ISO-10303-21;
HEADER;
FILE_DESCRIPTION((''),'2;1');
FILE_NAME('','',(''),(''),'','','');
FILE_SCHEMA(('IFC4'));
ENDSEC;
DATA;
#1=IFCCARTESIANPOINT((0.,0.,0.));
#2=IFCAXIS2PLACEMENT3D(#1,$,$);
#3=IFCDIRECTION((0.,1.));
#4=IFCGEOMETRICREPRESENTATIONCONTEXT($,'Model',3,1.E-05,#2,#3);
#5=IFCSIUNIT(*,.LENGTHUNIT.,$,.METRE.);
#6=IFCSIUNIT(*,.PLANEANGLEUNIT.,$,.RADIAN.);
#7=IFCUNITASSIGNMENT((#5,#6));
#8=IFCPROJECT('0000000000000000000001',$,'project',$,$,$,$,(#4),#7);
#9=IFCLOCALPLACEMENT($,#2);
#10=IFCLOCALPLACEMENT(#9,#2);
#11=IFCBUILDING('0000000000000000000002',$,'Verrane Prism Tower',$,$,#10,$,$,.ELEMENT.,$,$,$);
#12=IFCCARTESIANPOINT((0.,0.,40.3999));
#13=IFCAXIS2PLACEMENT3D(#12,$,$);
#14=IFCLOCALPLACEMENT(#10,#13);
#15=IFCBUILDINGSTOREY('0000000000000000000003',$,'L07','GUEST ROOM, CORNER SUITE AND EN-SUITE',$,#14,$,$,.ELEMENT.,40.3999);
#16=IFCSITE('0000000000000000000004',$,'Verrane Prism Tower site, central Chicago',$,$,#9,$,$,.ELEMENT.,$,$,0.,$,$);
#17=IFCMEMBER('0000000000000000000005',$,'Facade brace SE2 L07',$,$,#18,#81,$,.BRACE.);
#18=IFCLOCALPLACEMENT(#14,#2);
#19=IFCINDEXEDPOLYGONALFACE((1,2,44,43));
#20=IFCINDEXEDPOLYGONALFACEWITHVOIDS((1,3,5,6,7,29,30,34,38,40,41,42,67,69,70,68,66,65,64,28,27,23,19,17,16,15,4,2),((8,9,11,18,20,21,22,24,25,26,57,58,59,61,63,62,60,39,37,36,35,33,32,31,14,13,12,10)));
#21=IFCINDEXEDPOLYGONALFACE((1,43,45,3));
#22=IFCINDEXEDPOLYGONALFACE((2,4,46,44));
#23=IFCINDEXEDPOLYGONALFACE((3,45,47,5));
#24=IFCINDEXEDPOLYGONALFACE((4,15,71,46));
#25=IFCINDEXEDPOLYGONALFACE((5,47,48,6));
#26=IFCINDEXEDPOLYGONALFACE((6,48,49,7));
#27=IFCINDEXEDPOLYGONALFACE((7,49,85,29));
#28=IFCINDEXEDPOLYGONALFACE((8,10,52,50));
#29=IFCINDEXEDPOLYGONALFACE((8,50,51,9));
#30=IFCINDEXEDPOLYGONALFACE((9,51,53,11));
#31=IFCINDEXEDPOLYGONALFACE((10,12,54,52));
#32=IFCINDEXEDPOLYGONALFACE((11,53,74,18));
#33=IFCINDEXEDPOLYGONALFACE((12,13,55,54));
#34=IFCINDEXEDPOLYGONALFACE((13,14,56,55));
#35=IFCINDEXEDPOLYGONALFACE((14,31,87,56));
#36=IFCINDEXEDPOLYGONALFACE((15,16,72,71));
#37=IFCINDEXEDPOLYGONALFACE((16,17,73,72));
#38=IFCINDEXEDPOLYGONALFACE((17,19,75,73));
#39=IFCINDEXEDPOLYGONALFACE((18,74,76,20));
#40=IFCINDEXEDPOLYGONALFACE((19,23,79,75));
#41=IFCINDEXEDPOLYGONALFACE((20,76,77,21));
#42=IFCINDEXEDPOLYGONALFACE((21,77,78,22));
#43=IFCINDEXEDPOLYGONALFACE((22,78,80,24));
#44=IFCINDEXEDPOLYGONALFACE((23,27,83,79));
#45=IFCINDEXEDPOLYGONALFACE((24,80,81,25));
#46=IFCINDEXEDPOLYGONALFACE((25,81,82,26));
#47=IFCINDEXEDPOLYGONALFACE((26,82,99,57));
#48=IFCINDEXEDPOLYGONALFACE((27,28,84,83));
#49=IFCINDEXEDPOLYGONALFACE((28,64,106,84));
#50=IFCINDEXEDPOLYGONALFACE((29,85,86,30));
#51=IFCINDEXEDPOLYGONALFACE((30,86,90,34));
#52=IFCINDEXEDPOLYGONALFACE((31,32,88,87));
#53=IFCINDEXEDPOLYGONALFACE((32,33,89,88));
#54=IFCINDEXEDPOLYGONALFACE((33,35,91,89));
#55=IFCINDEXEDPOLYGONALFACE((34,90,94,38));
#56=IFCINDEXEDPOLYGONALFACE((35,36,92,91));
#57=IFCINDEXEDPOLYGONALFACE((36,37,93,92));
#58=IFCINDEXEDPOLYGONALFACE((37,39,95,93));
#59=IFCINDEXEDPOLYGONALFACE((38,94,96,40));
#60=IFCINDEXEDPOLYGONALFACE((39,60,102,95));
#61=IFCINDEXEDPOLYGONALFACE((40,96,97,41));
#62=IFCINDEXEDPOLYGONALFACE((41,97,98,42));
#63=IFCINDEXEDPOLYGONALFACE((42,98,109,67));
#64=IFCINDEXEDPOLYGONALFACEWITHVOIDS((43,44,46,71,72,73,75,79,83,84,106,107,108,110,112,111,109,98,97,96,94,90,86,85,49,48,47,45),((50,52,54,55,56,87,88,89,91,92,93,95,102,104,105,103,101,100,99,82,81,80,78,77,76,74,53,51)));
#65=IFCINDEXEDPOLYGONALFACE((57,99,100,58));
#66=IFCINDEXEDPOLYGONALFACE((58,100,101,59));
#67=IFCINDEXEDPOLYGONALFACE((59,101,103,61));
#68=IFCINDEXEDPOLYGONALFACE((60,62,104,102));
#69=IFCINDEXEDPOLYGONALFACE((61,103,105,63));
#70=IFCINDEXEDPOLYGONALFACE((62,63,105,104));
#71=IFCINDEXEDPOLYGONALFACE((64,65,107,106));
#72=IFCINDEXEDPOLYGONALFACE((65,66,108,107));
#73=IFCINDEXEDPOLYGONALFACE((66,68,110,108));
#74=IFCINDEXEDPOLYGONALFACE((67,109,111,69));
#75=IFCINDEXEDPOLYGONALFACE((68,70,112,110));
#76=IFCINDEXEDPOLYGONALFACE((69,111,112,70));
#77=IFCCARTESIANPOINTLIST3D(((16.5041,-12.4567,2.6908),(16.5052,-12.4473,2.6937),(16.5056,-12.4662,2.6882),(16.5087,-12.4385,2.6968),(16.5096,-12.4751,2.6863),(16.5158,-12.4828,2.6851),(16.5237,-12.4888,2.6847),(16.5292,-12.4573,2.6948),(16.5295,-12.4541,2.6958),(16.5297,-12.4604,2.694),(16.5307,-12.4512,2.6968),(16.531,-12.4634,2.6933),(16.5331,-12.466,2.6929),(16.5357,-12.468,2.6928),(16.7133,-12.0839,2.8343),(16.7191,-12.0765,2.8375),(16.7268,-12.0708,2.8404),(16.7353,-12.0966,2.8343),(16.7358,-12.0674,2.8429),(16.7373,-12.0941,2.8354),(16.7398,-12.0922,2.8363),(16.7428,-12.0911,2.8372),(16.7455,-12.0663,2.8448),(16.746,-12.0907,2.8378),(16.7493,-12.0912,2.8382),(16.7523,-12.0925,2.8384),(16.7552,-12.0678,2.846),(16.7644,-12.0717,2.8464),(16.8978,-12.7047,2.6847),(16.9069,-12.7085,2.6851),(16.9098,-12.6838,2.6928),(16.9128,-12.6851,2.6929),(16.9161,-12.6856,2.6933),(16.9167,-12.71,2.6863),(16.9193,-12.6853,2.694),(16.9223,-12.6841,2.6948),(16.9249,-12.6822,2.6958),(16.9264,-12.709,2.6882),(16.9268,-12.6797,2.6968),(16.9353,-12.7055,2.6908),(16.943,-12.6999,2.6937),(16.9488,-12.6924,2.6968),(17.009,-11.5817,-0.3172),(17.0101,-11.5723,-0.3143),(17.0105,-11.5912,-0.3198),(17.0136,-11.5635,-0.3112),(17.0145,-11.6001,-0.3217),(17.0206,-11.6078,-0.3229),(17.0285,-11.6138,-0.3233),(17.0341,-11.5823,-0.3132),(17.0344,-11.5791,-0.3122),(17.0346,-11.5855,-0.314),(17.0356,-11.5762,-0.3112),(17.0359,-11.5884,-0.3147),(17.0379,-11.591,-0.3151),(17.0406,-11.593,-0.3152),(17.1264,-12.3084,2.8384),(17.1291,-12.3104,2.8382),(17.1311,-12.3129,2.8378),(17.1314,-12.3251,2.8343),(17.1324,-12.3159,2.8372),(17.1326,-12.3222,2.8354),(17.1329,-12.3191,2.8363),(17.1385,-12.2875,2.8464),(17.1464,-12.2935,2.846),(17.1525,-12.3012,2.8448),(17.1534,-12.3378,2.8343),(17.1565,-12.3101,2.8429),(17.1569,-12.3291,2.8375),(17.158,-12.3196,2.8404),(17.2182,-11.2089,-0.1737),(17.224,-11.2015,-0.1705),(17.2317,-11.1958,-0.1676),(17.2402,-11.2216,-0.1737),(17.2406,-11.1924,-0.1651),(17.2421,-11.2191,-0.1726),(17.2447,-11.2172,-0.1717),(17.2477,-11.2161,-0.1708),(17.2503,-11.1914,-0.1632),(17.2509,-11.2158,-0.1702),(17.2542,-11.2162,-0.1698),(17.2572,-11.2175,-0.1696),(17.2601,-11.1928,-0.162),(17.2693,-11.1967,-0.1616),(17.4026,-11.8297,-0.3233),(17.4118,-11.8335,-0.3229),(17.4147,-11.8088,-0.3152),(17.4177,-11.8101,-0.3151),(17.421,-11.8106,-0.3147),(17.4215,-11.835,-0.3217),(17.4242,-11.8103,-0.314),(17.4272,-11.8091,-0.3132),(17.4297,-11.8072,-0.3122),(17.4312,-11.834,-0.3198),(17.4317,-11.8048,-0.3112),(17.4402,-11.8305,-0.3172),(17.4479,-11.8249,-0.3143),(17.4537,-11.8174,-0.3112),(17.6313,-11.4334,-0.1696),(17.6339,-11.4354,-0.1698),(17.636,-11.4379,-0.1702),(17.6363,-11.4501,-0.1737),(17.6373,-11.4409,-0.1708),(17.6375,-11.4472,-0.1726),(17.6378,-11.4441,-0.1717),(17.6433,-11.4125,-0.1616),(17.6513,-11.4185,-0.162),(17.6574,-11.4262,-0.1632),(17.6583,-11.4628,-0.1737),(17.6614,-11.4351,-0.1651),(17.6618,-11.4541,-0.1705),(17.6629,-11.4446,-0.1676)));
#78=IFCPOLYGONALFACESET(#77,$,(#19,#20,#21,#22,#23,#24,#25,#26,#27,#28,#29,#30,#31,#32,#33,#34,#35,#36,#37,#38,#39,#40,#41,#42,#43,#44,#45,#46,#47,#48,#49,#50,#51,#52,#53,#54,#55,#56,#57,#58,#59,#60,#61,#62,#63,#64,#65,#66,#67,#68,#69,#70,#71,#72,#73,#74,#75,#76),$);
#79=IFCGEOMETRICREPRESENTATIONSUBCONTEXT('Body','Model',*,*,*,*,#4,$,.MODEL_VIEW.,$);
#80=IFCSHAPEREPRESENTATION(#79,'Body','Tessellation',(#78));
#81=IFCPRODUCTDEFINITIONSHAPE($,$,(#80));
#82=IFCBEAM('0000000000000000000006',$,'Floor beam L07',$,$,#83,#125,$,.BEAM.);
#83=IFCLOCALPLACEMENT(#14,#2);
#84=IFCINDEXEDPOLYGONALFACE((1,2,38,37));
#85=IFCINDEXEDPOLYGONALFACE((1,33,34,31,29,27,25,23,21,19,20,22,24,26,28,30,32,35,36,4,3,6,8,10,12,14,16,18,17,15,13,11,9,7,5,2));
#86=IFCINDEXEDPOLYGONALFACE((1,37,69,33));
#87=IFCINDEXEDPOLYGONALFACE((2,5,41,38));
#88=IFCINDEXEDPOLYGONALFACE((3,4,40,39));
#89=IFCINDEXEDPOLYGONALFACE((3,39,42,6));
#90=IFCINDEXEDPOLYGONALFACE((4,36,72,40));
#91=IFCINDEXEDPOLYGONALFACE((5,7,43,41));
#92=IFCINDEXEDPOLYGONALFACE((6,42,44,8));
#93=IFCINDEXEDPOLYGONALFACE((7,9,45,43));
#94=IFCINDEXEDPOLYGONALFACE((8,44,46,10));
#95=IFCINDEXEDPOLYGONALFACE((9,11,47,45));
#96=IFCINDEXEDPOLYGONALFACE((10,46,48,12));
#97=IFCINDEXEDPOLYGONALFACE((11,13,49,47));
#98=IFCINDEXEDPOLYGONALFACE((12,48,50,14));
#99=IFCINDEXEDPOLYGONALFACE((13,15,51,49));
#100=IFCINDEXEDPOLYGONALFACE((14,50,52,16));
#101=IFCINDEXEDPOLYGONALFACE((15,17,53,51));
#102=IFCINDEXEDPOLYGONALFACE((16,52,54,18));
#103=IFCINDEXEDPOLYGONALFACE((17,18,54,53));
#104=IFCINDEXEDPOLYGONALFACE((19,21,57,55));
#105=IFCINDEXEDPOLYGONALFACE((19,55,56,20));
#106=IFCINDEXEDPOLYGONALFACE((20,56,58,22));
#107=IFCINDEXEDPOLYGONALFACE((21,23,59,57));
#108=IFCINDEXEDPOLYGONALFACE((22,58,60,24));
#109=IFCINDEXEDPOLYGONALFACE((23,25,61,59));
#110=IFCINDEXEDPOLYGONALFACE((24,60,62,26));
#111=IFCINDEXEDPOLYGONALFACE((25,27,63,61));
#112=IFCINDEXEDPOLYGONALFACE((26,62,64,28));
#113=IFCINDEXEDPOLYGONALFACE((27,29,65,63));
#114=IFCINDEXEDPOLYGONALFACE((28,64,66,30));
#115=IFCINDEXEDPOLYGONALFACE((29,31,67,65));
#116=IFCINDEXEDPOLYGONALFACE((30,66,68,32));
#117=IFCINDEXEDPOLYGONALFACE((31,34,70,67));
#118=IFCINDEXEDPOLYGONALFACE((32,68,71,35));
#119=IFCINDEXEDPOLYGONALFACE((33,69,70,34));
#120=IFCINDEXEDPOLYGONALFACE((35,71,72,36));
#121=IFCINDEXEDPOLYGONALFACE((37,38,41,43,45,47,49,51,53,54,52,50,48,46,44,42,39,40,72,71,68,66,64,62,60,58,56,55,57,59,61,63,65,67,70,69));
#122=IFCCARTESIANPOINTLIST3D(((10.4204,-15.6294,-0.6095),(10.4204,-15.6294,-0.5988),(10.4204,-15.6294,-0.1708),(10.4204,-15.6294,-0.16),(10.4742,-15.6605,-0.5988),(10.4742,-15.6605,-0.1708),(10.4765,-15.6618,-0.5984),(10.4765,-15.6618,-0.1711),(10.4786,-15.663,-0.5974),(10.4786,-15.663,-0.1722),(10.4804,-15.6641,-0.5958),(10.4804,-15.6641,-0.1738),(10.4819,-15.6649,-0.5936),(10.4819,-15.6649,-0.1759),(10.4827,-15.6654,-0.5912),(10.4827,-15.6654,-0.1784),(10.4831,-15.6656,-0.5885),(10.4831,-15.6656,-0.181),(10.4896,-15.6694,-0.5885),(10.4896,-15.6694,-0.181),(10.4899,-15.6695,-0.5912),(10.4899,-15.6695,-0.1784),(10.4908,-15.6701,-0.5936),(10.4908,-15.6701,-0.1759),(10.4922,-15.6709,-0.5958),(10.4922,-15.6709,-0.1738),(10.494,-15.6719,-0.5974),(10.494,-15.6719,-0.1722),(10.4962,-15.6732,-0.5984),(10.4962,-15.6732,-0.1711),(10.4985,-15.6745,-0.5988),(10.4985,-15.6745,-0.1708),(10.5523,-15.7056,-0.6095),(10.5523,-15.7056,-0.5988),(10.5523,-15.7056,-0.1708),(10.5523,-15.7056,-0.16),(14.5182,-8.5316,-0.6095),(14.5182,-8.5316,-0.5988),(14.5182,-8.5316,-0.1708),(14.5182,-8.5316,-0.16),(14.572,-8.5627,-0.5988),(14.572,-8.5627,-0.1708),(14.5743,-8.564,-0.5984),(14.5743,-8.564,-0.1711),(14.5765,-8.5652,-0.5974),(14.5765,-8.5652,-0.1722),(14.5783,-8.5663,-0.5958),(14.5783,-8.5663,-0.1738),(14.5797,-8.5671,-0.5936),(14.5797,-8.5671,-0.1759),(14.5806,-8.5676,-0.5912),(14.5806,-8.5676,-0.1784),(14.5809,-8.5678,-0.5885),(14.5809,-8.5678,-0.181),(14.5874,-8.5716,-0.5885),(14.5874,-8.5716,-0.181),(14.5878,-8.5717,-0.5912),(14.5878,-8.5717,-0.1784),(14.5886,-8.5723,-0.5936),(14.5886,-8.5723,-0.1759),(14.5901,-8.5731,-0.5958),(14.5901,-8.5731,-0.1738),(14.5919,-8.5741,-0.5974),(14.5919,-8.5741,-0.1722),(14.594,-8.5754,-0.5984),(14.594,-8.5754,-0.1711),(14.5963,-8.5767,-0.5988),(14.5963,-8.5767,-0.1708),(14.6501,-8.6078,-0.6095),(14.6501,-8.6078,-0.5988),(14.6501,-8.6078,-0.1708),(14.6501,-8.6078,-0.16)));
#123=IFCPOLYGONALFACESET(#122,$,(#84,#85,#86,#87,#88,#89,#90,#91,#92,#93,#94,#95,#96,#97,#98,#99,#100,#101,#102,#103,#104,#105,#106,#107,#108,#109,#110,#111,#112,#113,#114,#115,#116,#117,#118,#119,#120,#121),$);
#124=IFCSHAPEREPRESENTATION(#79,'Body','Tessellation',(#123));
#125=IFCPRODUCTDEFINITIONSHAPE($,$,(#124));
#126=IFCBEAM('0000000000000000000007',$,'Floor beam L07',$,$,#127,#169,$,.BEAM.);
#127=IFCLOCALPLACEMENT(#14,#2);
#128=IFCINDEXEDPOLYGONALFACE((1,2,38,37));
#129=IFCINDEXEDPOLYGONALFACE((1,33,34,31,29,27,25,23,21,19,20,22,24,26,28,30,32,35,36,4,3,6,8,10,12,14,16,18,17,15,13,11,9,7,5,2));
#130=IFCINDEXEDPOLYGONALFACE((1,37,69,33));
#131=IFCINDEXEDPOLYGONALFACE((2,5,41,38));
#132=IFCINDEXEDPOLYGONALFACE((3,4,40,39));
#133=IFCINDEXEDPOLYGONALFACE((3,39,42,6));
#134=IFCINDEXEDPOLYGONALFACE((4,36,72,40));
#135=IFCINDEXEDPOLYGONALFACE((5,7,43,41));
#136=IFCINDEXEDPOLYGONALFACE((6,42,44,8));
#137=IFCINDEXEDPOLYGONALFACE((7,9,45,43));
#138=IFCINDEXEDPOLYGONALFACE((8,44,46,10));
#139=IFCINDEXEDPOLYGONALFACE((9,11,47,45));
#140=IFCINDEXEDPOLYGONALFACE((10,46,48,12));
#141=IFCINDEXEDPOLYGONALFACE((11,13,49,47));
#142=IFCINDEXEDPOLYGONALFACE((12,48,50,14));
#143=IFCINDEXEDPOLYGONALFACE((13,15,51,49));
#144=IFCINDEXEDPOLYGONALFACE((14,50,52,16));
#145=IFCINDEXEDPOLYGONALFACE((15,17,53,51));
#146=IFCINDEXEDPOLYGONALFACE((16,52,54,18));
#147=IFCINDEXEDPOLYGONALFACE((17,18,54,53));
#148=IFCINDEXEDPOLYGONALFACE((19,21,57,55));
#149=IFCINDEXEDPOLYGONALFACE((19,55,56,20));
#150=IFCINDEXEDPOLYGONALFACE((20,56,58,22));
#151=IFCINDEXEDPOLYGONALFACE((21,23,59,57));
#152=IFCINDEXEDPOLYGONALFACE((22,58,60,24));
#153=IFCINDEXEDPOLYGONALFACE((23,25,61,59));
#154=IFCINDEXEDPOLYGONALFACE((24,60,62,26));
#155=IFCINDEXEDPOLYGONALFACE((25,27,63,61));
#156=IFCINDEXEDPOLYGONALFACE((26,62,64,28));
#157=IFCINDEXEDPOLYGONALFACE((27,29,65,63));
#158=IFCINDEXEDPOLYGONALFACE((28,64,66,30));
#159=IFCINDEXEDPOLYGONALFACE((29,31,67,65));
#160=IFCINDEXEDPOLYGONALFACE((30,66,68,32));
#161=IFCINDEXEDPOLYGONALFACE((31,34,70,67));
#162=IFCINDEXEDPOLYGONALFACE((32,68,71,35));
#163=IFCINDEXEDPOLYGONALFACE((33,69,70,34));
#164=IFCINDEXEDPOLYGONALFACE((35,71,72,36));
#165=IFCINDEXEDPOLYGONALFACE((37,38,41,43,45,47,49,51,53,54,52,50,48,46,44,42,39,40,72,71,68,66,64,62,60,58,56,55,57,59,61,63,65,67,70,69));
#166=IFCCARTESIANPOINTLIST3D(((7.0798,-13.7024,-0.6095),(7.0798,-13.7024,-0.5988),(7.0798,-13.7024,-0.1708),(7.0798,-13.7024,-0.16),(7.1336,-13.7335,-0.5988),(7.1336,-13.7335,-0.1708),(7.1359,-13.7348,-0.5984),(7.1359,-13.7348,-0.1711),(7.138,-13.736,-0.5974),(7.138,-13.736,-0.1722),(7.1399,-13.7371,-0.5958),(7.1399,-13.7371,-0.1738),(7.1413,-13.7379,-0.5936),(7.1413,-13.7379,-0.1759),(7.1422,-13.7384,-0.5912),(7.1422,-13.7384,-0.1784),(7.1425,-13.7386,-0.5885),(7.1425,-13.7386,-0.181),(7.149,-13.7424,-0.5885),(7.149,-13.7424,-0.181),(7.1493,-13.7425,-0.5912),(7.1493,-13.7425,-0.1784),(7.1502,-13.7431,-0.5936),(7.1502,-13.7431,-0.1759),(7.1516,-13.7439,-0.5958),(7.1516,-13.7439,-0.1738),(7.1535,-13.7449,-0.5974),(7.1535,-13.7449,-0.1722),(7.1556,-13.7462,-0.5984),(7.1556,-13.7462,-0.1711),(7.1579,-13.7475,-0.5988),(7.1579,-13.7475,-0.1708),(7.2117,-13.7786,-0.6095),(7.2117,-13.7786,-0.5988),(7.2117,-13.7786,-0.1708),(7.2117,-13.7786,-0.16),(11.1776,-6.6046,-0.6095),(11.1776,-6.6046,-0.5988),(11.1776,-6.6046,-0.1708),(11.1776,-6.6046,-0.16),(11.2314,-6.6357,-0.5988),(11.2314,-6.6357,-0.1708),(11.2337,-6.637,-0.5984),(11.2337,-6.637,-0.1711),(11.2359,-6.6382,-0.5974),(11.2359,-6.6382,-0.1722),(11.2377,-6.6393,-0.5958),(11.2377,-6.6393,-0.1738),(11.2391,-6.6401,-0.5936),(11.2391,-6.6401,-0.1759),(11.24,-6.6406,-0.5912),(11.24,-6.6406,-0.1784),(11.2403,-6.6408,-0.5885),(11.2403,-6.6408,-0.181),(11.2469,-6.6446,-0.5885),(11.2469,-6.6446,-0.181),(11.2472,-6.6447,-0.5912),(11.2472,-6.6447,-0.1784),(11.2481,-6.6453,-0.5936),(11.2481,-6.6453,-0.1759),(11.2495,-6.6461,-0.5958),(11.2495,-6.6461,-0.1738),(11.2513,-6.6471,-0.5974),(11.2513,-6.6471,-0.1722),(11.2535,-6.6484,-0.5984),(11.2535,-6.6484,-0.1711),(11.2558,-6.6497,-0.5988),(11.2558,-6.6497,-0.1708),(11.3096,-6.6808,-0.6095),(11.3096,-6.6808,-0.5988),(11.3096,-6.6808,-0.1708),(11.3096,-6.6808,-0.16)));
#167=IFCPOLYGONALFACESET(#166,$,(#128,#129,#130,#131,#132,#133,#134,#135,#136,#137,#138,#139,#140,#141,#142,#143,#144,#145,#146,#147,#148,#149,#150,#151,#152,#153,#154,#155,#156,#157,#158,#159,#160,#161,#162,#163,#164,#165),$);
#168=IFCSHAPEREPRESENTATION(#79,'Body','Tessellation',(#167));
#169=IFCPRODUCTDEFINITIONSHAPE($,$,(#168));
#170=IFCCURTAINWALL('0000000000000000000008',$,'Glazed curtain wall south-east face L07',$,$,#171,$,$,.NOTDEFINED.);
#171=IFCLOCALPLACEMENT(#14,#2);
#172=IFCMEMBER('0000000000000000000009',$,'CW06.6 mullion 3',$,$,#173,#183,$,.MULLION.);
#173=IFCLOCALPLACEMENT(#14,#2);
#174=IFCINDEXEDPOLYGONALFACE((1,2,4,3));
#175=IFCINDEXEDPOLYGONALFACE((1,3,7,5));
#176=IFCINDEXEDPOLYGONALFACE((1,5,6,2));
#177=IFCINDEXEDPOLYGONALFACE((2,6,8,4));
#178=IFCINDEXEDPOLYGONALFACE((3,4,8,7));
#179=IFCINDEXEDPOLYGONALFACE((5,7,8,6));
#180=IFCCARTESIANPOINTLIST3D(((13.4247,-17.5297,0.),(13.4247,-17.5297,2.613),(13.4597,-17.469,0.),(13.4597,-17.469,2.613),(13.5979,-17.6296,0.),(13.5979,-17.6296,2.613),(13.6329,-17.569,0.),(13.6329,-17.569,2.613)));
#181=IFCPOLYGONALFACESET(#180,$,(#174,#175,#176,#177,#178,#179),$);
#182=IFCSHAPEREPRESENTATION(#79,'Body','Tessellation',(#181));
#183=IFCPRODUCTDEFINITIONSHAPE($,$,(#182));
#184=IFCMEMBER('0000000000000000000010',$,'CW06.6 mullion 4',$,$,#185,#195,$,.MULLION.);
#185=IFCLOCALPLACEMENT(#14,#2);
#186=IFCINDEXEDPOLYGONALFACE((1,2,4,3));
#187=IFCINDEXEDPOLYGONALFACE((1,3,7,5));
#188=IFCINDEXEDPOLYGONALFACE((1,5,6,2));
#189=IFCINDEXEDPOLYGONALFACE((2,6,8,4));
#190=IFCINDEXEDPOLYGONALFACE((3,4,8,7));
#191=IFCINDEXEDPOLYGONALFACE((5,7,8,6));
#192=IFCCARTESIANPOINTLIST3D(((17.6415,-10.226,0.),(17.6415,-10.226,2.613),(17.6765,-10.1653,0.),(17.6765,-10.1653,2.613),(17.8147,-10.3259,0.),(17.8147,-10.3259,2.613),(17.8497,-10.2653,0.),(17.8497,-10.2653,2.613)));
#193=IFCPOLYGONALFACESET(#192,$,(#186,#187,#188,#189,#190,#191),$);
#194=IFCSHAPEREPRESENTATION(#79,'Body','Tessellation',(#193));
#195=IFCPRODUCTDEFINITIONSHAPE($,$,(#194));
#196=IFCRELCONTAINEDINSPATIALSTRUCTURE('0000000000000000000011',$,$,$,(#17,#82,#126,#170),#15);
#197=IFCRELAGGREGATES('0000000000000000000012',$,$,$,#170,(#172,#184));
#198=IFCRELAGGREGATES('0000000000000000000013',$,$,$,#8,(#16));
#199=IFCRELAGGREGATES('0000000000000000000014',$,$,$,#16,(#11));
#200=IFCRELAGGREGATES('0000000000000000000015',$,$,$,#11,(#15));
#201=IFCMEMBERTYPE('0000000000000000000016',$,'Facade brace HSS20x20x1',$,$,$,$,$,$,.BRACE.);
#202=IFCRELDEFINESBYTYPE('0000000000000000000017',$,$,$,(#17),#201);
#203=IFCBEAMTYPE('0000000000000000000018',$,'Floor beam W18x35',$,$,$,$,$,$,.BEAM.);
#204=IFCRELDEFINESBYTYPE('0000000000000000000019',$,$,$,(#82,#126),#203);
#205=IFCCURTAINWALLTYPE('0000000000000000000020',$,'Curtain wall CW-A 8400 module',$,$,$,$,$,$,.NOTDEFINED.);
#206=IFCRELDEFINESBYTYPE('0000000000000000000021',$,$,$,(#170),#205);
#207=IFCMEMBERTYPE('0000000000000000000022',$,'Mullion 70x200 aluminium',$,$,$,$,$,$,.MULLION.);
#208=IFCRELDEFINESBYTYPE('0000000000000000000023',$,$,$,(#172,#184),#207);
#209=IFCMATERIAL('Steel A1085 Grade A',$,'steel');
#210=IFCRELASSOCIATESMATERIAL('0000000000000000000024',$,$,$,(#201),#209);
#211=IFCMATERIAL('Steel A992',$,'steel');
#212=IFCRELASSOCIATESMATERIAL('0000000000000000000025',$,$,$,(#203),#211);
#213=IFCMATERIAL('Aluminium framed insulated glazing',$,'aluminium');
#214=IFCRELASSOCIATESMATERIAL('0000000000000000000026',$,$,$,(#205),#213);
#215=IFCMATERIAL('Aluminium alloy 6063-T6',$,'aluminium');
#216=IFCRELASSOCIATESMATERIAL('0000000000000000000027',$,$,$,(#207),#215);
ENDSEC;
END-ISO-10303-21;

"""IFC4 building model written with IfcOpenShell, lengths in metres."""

from ifc_helpers import new_model, si_unit, direction, frame, origin, origin_2d, place, context, subcontext, project, spatial, rectangle, hollow_rectangle, i_section, extrude, material, material_profile, profile_set, type_object, element, aggregate, save


model = new_model("IFC4")

# Units and contexts
model_context = context("Model", 3, precision=1e-05, world=origin(), true_north=direction((0.0, 1.0)))
body_context = subcontext(model_context, "Body", "Model", "MODEL_VIEW")
ifc_project = project(units=[si_unit("LENGTHUNIT", "METRE"), si_unit("PLANEANGLEUNIT", "RADIAN")], contexts=[model_context])

# Site, building, storey
site_placement = place(None, origin())
site = spatial("IfcSite", under=ifc_project, at=site_placement, Name="Verrane Prism Tower site, central Chicago", CompositionType="ELEMENT", RefElevation=0.0)
building_placement = place(site_placement, origin())
building = spatial("IfcBuilding", under=site, at=building_placement, Name="Verrane Prism Tower", CompositionType="ELEMENT")
storey_placement = place(building_placement, frame((0.0, 0.0, 40.3999)))
storey = spatial("IfcBuildingStorey", under=building, at=storey_placement, Name="L07", Description="GUEST ROOM, CORNER SUITE AND EN-SUITE", CompositionType="ELEMENT", Elevation=40.3999)

# Member
ifc_material_1 = material(Name="Steel A1085 Grade A", Category="steel")
ifc_material_profile_1 = material_profile(ifc_material_1, hollow_rectangle(XDim=0.5081, YDim=0.5081, WallThickness=0.0254, InnerFilletRadius=0.0127, OuterFilletRadius=0.0381, at=origin_2d()), Name="HSS20x20x1")
ifc_profile_set_1 = profile_set([ifc_material_profile_1], Name="Steel A1085 Grade A")
member_type_1 = type_object("IfcMemberType", Name="Facade brace HSS20x20x1", PredefinedType="BRACE", material=ifc_profile_set_1)
member_1_placement = place(storey_placement, frame((17.3359, -11.5132, -0.2424), z_axis=(-0.15911, -0.27575, 0.947969), x_axis=(0.866153, -0.499778, 0.0)))
element("IfcMember", 1, at=member_1_placement, inside=storey, type_object=member_type_1, Name="Facade brace SE2 L07", PredefinedType="BRACE", context=body_context, shape_type="SweptSolid", body=[
    extrude(hollow_rectangle(XDim=0.5081, YDim=0.5081, WallThickness=0.0254, InnerFilletRadius=0.0127, OuterFilletRadius=0.0381, at=origin_2d()), origin(), (0.0, 0.0, 1.0), 3.1731),
])

# Beams
ifc_material_2 = material(Name="Steel A992", Category="steel")
ifc_material_profile_2 = material_profile(ifc_material_2, i_section(OverallWidth=0.1523, OverallDepth=0.4495, WebThickness=0.0076, FlangeThickness=0.0107, FilletRadius=0.0103, at=origin_2d()), Name="W18x35")
ifc_profile_set_2 = profile_set([ifc_material_profile_2], Name="Steel A992")
beam_type_1 = type_object("IfcBeamType", Name="Floor beam W18x35", PredefinedType="BEAM", material=ifc_profile_set_2)
for number, where, z_axis, x_axis, name in (
    (2, (10.4863, -15.6675, -0.3848), (0.499993, 0.866029, 0.0), (-0.866029, 0.499993, 0.0), "Floor beam L07"),
    (3, (7.1458, -13.7405, -0.3848), (0.499993, 0.866029, 0.0), (-0.866029, 0.499993, 0.0), "Floor beam L07"),
):
    element("IfcBeam", number, at=place(storey_placement, frame(where, z_axis=z_axis, x_axis=x_axis)), inside=storey, type_object=beam_type_1, Name=name, PredefinedType="BEAM", context=body_context, shape_type="SweptSolid", body=[
        extrude(i_section(OverallWidth=0.1523, OverallDepth=0.4495, WebThickness=0.0076, FlangeThickness=0.0107, FilletRadius=0.0103, at=origin_2d()), origin(), (0.0, 0.0, 1.0), 8.1958),
    ])

# Curtain wall, members
ifc_material_3 = material(Name="Aluminium framed insulated glazing", Category="aluminium")
curtain_wall_type = type_object("IfcCurtainWallType", Name="Curtain wall CW-A 8400 module", PredefinedType="NOTDEFINED", material=ifc_material_3)
curtain_wall_placement = place(storey_placement, origin())
curtain_wall = element("IfcCurtainWall", 4, at=curtain_wall_placement, inside=storey, type_object=curtain_wall_type, Name="Glazed curtain wall south-east face L07", PredefinedType="NOTDEFINED")
ifc_material_4 = material(Name="Aluminium alloy 6063-T6", Category="aluminium")
ifc_material_profile_3 = material_profile(ifc_material_4, rectangle(XDim=0.2, YDim=0.0701, at=origin_2d()), Name="Mullion 70x200 aluminium")
ifc_profile_set_3 = profile_set([ifc_material_profile_3], Name="Aluminium alloy 6063-T6")
member_type_2 = type_object("IfcMemberType", Name="Mullion 70x200 aluminium", PredefinedType="MULLION", material=ifc_profile_set_3)
member_2_placement = place(storey_placement, frame((13.5288, -17.5493, 0.0), z_axis=(0.0, 0.0, 1.0), x_axis=(-0.866025, 0.5, 0.0)))
member_2 = element("IfcMember", 5, at=member_2_placement, type_object=member_type_2, Name="CW06.6 mullion 3", PredefinedType="MULLION", context=body_context, shape_type="SweptSolid", body=[
    extrude(rectangle(XDim=0.2, YDim=0.0701, at=origin_2d()), origin(), (0.0, 0.0, 1.0), 2.613),
])
member_3_placement = place(storey_placement, frame((17.7456, -10.2456, 0.0), z_axis=(0.0, 0.0, 1.0), x_axis=(-0.866025, 0.5, 0.0)))
member_3 = element("IfcMember", 6, at=member_3_placement, type_object=member_type_2, Name="CW06.6 mullion 4", PredefinedType="MULLION", context=body_context, shape_type="SweptSolid", body=[
    extrude(rectangle(XDim=0.2, YDim=0.0701, at=origin_2d()), origin(), (0.0, 0.0, 1.0), 2.613),
])

aggregate(curtain_wall, [member_2, member_3])

save(model, "model.ifc")
